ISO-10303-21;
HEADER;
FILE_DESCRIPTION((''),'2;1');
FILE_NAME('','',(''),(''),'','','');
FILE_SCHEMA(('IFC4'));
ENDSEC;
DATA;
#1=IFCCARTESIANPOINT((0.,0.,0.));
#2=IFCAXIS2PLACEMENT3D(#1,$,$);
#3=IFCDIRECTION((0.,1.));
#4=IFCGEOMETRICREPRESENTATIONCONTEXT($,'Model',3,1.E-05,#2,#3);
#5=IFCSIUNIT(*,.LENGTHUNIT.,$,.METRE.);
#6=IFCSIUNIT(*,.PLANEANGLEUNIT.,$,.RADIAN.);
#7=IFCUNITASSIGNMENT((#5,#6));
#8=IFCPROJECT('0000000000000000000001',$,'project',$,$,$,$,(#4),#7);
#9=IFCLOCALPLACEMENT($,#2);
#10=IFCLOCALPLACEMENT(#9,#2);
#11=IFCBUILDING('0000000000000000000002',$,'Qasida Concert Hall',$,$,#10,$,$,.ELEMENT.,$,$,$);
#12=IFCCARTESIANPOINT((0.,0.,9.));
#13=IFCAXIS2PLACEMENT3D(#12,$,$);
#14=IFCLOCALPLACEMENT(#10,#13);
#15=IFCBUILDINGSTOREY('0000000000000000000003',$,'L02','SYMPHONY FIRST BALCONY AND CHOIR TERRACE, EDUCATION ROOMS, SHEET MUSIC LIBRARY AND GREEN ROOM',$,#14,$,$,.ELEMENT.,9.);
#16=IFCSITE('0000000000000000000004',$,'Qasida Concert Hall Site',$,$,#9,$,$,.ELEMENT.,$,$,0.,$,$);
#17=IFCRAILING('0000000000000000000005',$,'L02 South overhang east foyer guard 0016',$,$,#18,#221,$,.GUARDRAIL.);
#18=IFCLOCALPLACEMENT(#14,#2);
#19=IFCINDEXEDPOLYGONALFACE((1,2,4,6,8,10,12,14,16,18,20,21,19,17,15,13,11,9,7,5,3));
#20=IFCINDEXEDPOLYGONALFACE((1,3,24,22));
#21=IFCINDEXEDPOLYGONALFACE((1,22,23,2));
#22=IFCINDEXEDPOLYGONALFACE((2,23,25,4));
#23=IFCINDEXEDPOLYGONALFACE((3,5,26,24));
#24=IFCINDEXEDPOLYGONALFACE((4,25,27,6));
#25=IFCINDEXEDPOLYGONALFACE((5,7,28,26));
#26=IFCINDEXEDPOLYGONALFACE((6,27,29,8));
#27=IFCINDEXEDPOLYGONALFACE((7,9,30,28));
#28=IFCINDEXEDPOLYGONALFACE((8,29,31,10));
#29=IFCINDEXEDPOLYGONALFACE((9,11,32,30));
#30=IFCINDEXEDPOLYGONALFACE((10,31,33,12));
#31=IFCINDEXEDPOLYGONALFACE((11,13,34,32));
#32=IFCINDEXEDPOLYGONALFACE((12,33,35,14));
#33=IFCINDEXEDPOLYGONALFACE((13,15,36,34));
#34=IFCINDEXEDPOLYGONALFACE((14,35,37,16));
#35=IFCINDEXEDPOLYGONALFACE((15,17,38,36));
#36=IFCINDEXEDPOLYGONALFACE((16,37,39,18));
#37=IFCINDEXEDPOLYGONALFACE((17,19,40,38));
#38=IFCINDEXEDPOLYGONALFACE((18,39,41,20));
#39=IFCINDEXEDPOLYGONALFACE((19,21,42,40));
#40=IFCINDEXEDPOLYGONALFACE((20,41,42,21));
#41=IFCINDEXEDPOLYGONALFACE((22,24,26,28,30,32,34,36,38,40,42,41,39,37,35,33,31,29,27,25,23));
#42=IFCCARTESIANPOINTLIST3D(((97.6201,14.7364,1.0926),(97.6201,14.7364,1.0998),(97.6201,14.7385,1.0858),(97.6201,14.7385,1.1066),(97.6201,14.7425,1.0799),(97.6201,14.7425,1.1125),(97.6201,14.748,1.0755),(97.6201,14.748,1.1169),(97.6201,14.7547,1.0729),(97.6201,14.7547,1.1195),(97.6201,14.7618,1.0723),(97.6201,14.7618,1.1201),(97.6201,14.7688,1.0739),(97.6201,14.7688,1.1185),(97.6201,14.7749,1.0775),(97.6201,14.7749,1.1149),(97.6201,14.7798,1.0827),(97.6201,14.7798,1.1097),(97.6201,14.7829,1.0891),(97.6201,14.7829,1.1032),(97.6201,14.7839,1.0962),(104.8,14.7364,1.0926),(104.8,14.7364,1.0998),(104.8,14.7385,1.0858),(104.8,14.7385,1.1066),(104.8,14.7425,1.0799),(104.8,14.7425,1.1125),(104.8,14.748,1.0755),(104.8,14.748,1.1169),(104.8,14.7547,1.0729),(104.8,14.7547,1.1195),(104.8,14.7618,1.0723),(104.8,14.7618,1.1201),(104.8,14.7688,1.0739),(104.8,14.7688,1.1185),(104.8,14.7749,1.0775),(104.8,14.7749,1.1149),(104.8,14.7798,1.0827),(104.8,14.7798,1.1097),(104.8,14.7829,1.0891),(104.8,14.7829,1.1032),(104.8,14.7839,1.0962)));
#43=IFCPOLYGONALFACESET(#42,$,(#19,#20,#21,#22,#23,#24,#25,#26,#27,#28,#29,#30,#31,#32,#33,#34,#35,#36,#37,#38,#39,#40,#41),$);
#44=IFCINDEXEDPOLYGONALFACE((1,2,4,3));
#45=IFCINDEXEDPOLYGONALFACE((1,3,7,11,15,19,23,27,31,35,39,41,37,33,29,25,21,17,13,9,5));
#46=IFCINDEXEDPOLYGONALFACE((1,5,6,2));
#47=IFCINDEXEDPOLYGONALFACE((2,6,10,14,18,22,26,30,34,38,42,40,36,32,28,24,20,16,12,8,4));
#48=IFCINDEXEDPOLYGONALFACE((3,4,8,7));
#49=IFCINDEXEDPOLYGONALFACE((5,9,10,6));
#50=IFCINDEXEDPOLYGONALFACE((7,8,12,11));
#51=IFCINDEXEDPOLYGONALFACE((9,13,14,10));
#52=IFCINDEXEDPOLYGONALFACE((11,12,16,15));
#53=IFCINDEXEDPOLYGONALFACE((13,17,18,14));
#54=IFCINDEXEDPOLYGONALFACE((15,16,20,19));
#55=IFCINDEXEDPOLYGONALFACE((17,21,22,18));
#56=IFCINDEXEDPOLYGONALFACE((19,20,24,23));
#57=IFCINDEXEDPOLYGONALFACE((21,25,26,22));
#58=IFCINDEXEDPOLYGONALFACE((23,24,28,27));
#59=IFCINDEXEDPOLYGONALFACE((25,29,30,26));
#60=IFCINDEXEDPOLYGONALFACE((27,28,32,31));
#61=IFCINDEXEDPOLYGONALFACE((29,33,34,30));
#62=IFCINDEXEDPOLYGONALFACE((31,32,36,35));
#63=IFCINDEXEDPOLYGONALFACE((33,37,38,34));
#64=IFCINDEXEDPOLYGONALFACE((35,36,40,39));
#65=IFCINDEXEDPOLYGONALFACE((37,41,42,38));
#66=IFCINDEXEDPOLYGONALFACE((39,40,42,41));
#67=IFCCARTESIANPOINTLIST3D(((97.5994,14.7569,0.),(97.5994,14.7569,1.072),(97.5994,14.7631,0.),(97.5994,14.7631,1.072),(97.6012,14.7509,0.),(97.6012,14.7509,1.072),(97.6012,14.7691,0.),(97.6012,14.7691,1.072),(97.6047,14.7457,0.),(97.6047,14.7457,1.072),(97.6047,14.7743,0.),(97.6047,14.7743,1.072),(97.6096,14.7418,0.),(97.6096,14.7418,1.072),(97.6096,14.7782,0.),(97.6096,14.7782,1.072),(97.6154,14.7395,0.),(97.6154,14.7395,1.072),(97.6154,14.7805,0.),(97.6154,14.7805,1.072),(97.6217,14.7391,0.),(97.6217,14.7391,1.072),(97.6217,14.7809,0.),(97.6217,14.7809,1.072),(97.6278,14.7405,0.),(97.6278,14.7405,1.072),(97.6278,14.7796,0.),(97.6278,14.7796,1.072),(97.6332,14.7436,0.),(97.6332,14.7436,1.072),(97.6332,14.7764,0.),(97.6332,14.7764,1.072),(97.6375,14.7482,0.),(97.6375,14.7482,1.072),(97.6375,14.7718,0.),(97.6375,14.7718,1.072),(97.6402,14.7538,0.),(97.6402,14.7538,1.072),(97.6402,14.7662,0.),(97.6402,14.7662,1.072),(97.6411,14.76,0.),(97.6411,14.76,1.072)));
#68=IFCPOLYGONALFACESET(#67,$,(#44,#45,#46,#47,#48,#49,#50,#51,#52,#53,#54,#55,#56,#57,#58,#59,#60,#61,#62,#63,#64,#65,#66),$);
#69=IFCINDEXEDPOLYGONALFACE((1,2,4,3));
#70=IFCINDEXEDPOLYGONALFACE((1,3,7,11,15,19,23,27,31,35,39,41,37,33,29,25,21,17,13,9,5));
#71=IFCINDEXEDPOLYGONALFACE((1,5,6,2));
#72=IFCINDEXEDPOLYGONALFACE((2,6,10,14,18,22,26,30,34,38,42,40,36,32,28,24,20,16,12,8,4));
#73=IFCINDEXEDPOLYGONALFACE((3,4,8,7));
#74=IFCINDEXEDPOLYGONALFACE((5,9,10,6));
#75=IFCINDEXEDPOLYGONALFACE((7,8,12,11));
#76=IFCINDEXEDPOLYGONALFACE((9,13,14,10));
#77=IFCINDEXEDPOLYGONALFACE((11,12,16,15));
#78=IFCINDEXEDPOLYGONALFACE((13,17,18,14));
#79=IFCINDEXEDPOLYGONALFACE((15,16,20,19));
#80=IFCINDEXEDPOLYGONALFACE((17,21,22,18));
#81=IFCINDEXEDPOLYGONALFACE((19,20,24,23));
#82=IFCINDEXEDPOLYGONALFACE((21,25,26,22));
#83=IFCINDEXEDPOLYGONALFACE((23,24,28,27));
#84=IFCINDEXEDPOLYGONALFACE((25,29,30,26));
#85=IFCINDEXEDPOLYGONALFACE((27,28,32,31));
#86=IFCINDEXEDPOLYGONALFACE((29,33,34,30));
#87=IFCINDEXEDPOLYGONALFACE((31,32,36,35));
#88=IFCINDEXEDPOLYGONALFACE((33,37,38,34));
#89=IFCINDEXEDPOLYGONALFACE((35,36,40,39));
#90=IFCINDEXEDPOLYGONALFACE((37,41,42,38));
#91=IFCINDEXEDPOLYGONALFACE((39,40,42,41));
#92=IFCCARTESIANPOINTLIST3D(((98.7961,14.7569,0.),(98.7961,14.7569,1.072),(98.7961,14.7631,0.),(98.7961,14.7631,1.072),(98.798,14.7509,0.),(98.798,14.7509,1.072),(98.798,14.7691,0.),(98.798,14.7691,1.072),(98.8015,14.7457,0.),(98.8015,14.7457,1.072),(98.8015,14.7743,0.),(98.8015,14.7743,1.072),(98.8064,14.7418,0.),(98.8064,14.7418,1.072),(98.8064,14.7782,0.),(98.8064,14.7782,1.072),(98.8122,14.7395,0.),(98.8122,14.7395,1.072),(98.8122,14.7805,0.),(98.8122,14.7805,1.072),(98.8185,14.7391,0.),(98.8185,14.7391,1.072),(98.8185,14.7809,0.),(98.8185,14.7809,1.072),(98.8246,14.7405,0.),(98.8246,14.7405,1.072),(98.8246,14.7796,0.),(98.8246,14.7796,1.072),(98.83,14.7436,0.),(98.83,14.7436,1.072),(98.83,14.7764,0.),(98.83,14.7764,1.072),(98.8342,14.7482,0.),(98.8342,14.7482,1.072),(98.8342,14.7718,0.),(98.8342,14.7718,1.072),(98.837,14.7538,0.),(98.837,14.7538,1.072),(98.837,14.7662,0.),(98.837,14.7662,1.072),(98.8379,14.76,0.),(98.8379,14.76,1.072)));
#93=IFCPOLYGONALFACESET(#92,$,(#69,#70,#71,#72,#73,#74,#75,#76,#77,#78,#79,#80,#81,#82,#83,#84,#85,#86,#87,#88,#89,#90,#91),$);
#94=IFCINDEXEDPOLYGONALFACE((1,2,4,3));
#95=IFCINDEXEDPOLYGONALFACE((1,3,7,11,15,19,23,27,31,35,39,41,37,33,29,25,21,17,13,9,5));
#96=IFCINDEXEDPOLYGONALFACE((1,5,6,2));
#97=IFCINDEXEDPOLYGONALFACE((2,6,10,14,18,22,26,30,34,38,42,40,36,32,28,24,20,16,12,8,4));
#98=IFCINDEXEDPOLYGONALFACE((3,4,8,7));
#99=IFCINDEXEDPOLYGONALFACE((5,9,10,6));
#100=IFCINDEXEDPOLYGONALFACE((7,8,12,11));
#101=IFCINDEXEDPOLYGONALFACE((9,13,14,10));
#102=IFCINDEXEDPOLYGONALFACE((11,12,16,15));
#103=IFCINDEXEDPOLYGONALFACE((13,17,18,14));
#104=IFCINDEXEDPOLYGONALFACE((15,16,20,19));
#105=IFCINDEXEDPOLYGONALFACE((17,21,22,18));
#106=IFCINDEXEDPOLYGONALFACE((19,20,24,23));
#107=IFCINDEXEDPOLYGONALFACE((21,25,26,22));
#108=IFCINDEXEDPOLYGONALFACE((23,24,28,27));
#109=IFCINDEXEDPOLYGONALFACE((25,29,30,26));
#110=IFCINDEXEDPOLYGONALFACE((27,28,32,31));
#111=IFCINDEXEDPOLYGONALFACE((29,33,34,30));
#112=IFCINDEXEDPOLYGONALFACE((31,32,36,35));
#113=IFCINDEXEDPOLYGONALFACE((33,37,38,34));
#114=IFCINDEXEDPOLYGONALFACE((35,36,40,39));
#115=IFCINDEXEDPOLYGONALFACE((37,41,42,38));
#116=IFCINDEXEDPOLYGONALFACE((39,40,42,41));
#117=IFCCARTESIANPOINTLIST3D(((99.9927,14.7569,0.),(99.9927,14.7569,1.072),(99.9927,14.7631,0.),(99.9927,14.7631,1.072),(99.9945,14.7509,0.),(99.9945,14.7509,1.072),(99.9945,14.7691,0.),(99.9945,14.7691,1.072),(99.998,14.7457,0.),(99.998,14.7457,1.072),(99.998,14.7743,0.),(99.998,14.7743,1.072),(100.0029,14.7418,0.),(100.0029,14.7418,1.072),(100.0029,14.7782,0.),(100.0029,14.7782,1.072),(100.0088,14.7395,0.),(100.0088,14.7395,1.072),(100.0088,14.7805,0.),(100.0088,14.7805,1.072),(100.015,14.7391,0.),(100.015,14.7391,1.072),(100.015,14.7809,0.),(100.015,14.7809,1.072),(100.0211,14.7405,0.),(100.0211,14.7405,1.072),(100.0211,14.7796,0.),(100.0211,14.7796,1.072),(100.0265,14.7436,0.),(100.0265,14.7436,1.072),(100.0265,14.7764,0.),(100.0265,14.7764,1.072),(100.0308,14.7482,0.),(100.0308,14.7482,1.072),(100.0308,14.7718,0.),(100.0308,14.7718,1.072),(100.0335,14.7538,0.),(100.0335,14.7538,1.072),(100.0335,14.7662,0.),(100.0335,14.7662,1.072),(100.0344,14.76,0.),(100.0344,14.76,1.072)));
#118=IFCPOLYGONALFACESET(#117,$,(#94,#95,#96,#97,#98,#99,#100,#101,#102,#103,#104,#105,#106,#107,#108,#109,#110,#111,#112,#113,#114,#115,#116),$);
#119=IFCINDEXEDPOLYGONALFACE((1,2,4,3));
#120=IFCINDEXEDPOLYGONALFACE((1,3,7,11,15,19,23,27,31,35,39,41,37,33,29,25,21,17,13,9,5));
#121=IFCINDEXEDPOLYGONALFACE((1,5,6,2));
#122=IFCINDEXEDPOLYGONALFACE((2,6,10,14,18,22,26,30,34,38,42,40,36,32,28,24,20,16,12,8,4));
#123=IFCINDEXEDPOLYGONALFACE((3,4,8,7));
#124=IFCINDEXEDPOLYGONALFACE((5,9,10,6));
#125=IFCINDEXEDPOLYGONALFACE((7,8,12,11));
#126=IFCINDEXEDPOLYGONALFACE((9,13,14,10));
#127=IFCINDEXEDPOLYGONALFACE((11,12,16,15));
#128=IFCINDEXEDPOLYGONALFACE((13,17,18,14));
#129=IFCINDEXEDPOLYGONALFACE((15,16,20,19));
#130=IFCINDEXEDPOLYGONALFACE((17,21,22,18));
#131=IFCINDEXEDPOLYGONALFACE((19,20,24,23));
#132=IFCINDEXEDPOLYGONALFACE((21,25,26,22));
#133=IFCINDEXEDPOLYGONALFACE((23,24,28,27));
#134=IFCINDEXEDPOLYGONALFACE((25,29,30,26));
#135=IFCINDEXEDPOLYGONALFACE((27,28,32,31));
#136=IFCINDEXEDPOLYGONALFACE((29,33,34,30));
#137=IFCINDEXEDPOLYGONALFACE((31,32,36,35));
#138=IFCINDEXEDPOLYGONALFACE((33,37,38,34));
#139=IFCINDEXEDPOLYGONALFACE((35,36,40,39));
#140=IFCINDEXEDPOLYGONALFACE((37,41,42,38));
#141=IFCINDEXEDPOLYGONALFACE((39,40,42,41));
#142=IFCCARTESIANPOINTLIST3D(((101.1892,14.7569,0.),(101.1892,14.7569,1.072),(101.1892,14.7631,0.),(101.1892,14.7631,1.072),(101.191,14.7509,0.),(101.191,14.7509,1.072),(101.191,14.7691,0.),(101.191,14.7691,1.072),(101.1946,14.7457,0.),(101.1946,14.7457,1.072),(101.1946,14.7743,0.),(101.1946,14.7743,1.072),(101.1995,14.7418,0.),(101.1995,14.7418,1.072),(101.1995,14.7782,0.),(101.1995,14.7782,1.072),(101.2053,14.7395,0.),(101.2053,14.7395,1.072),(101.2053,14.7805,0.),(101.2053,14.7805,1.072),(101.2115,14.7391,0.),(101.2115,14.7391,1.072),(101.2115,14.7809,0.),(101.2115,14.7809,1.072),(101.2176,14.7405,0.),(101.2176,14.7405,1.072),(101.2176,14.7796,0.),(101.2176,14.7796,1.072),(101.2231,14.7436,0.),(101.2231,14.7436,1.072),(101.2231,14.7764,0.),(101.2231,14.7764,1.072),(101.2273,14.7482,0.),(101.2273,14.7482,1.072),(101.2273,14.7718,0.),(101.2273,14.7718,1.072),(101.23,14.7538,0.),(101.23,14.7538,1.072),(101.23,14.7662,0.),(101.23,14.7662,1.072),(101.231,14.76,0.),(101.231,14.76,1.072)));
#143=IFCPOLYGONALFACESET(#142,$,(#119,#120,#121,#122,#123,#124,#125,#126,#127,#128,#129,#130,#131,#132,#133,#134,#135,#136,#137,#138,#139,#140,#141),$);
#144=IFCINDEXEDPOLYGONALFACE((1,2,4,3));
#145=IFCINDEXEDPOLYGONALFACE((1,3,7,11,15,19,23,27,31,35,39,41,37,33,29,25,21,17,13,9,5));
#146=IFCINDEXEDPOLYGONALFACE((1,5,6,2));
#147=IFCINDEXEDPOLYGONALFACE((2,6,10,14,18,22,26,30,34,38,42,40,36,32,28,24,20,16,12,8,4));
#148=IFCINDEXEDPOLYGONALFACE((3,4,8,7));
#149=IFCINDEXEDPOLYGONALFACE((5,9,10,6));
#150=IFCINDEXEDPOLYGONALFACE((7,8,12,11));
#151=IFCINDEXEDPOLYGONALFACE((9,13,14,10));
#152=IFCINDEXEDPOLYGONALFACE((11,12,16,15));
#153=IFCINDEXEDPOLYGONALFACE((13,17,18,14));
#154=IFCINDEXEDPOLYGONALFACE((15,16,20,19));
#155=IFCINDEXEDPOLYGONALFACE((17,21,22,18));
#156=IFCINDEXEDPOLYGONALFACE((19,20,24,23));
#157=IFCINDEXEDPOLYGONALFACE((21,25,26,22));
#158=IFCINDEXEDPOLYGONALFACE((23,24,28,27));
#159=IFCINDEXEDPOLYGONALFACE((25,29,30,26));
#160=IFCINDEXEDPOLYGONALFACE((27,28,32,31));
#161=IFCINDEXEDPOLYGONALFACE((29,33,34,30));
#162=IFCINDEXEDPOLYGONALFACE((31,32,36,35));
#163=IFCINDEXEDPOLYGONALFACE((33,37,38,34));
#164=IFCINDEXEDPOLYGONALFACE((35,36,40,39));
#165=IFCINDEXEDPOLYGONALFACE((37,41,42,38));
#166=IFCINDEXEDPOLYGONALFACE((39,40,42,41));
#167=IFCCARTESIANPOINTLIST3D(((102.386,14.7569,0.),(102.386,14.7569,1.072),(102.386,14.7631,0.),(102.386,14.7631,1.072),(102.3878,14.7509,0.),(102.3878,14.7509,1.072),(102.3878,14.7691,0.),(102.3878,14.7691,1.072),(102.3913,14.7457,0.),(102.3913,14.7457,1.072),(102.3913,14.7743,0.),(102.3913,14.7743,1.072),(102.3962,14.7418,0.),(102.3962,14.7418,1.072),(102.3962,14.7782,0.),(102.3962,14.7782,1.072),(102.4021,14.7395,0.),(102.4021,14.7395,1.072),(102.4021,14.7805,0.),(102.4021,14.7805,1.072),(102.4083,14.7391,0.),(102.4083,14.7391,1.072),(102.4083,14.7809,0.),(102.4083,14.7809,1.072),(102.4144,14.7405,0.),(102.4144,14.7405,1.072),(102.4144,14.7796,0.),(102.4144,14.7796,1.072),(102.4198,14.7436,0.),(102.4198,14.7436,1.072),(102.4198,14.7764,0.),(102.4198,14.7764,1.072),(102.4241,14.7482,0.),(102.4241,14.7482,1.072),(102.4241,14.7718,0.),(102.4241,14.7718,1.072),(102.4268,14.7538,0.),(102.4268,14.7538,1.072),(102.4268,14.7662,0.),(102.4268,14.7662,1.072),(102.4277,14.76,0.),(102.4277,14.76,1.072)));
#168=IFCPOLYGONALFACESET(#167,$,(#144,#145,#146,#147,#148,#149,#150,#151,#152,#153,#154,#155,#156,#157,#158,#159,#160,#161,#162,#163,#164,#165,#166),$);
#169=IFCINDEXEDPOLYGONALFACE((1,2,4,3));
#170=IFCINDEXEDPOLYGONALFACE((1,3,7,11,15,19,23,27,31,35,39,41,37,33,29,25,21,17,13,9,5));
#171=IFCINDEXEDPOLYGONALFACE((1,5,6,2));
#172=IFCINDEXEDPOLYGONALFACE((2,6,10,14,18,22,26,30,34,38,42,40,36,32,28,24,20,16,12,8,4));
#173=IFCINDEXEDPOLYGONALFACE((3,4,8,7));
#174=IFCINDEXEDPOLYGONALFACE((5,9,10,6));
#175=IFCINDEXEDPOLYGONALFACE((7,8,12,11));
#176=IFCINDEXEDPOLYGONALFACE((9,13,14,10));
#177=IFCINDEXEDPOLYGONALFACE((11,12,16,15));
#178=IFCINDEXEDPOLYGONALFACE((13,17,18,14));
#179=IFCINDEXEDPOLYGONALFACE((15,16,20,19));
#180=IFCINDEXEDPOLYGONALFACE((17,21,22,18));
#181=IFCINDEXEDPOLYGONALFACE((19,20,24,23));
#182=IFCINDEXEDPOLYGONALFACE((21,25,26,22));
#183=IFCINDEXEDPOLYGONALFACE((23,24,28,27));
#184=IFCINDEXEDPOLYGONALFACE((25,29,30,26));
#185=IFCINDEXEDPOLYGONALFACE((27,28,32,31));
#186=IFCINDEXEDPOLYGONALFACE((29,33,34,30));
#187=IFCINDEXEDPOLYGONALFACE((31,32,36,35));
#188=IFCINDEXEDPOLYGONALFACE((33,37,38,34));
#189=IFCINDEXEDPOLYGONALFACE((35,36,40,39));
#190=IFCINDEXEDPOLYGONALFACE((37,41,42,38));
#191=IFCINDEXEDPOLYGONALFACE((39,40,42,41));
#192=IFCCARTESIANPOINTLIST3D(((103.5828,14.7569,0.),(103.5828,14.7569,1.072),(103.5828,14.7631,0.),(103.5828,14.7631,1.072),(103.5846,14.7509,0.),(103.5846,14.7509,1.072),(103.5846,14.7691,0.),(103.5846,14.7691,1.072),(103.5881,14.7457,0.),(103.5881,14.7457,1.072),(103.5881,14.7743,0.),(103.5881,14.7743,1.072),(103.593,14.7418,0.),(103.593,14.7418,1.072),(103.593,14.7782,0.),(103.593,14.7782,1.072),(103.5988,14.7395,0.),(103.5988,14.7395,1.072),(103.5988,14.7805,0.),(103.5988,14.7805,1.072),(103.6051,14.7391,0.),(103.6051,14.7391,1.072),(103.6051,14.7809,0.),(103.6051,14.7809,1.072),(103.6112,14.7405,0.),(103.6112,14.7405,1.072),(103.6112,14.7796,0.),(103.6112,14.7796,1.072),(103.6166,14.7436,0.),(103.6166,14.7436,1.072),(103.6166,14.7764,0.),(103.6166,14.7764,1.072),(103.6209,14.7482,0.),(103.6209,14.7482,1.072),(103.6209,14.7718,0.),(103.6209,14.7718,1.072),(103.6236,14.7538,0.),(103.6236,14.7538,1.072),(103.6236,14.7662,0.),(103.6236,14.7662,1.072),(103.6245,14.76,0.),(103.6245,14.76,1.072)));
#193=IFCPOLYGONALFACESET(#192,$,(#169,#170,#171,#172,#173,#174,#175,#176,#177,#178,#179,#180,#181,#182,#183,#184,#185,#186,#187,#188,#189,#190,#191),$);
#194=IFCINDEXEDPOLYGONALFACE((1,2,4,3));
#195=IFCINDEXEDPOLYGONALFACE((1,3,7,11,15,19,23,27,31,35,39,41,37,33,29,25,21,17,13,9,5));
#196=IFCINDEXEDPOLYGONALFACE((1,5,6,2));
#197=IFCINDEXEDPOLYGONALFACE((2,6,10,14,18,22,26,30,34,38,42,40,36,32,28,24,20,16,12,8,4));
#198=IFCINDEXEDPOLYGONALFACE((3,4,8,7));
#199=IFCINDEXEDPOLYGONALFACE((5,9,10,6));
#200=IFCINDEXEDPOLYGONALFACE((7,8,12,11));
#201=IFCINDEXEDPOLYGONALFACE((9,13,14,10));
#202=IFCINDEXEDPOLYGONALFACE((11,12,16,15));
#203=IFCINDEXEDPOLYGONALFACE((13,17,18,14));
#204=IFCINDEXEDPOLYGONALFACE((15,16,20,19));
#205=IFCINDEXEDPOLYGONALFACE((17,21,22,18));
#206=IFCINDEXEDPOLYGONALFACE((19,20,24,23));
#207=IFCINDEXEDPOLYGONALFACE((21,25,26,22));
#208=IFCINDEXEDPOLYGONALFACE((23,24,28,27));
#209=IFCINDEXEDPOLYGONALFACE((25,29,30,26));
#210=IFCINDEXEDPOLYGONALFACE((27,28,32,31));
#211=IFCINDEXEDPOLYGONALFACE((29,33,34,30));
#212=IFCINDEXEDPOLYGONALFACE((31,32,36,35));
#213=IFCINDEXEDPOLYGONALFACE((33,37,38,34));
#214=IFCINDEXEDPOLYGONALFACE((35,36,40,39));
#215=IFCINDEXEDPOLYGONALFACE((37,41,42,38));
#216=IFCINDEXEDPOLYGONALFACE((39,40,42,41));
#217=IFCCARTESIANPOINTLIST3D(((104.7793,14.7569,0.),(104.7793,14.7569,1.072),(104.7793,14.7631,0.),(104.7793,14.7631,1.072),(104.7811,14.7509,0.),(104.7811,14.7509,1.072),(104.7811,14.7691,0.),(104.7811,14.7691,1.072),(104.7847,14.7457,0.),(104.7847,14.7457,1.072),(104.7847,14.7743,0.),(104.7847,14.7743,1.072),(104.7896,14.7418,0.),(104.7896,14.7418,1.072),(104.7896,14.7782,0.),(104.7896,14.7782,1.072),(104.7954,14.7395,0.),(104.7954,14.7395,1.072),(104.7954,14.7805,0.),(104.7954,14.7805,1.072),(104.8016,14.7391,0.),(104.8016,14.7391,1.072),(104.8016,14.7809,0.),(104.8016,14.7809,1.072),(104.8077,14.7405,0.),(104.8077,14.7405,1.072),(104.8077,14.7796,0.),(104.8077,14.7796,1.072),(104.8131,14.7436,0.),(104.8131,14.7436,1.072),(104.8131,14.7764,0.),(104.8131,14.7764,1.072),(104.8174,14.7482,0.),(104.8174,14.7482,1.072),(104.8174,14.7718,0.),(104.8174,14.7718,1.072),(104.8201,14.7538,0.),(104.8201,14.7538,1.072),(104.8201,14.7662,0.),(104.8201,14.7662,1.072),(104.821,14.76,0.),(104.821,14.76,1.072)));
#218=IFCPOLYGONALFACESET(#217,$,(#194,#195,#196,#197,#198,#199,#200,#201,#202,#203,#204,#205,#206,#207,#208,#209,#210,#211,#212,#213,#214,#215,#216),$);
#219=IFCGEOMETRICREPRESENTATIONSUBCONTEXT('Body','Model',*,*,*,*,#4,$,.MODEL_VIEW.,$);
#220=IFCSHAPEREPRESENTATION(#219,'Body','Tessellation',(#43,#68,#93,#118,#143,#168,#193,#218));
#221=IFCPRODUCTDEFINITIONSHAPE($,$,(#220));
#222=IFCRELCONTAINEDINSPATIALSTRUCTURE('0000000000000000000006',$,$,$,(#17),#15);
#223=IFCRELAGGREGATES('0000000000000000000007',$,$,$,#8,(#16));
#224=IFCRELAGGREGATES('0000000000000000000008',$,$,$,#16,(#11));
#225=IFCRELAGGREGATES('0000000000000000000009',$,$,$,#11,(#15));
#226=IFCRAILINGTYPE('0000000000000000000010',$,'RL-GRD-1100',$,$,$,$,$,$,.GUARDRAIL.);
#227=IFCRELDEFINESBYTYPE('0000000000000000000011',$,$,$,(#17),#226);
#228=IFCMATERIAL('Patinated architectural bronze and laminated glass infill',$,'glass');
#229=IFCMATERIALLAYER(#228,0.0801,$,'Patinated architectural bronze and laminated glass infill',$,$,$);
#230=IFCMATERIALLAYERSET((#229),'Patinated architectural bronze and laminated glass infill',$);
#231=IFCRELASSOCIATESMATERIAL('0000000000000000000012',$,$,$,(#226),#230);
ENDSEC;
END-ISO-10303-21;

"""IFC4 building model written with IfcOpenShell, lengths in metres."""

from ifc_helpers import new_model, si_unit, direction, frame, origin, origin_2d, place, context, subcontext, project, spatial, circle, extrude, material, layer, layer_set, type_object, element, save


model = new_model("IFC4")

# Units and contexts
model_context = context("Model", 3, precision=1e-05, world=origin(), true_north=direction((0.0, 1.0)))
body_context = subcontext(model_context, "Body", "Model", "MODEL_VIEW")
ifc_project = project(units=[si_unit("LENGTHUNIT", "METRE"), si_unit("PLANEANGLEUNIT", "RADIAN")], contexts=[model_context])

# Site, building, storey
site_placement = place(None, origin())
site = spatial("IfcSite", under=ifc_project, at=site_placement, Name="Qasida Concert Hall Site", CompositionType="ELEMENT", RefElevation=0.0)
building_placement = place(site_placement, origin())
building = spatial("IfcBuilding", under=site, at=building_placement, Name="Qasida Concert Hall", CompositionType="ELEMENT")
storey_placement = place(building_placement, frame((0.0, 0.0, 9.0)))
storey = spatial("IfcBuildingStorey", under=building, at=storey_placement, Name="L02", Description="SYMPHONY FIRST BALCONY AND CHOIR TERRACE, EDUCATION ROOMS, SHEET MUSIC LIBRARY AND GREEN ROOM", CompositionType="ELEMENT", Elevation=9.0)

# Railing
ifc_material_1 = material(Name="Patinated architectural bronze and laminated glass infill", Category="glass")
ifc_layer_1 = layer(ifc_material_1, 0.0801, Name="Patinated architectural bronze and laminated glass infill")
ifc_layer_set_1 = layer_set([ifc_layer_1], Name="Patinated architectural bronze and laminated glass infill")
railing_type = type_object("IfcRailingType", Name="RL-GRD-1100", PredefinedType="GUARDRAIL", material=ifc_layer_set_1)
railing_placement = place(storey_placement, frame((97.6201, 14.76, 0.0)))
element("IfcRailing", 1, at=railing_placement, inside=storey, type_object=railing_type, Name="L02 South overhang east foyer guard 0016", PredefinedType="GUARDRAIL", context=body_context, shape_type="SweptSolid", body=[
    extrude(circle(Radius=0.0239, at=origin_2d()), frame((0.0, 0.0, 1.0962), z_axis=(1.0, 0.0, 0.0), x_axis=(0.0, 1.0, 0.0)), (0.0, 0.0, 1.0), 7.1799),
    extrude(circle(Radius=0.021, at=origin_2d()), origin(), (0.0, 0.0, 1.0), 1.072),
    extrude(circle(Radius=0.021, at=origin_2d()), frame((1.1968, 0.0, 0.0)), (0.0, 0.0, 1.0), 1.072),
    extrude(circle(Radius=0.021, at=origin_2d()), frame((2.3933, 0.0, 0.0)), (0.0, 0.0, 1.0), 1.072),
    extrude(circle(Radius=0.021, at=origin_2d()), frame((3.5898, 0.0, 0.0)), (0.0, 0.0, 1.0), 1.072),
    extrude(circle(Radius=0.021, at=origin_2d()), frame((4.7866, 0.0, 0.0)), (0.0, 0.0, 1.0), 1.072),
    extrude(circle(Radius=0.021, at=origin_2d()), frame((5.9834, 0.0, 0.0)), (0.0, 0.0, 1.0), 1.072),
    extrude(circle(Radius=0.021, at=origin_2d()), frame((7.1799, 0.0, 0.0)), (0.0, 0.0, 1.0), 1.072),
])

save(model, "model.ifc")
